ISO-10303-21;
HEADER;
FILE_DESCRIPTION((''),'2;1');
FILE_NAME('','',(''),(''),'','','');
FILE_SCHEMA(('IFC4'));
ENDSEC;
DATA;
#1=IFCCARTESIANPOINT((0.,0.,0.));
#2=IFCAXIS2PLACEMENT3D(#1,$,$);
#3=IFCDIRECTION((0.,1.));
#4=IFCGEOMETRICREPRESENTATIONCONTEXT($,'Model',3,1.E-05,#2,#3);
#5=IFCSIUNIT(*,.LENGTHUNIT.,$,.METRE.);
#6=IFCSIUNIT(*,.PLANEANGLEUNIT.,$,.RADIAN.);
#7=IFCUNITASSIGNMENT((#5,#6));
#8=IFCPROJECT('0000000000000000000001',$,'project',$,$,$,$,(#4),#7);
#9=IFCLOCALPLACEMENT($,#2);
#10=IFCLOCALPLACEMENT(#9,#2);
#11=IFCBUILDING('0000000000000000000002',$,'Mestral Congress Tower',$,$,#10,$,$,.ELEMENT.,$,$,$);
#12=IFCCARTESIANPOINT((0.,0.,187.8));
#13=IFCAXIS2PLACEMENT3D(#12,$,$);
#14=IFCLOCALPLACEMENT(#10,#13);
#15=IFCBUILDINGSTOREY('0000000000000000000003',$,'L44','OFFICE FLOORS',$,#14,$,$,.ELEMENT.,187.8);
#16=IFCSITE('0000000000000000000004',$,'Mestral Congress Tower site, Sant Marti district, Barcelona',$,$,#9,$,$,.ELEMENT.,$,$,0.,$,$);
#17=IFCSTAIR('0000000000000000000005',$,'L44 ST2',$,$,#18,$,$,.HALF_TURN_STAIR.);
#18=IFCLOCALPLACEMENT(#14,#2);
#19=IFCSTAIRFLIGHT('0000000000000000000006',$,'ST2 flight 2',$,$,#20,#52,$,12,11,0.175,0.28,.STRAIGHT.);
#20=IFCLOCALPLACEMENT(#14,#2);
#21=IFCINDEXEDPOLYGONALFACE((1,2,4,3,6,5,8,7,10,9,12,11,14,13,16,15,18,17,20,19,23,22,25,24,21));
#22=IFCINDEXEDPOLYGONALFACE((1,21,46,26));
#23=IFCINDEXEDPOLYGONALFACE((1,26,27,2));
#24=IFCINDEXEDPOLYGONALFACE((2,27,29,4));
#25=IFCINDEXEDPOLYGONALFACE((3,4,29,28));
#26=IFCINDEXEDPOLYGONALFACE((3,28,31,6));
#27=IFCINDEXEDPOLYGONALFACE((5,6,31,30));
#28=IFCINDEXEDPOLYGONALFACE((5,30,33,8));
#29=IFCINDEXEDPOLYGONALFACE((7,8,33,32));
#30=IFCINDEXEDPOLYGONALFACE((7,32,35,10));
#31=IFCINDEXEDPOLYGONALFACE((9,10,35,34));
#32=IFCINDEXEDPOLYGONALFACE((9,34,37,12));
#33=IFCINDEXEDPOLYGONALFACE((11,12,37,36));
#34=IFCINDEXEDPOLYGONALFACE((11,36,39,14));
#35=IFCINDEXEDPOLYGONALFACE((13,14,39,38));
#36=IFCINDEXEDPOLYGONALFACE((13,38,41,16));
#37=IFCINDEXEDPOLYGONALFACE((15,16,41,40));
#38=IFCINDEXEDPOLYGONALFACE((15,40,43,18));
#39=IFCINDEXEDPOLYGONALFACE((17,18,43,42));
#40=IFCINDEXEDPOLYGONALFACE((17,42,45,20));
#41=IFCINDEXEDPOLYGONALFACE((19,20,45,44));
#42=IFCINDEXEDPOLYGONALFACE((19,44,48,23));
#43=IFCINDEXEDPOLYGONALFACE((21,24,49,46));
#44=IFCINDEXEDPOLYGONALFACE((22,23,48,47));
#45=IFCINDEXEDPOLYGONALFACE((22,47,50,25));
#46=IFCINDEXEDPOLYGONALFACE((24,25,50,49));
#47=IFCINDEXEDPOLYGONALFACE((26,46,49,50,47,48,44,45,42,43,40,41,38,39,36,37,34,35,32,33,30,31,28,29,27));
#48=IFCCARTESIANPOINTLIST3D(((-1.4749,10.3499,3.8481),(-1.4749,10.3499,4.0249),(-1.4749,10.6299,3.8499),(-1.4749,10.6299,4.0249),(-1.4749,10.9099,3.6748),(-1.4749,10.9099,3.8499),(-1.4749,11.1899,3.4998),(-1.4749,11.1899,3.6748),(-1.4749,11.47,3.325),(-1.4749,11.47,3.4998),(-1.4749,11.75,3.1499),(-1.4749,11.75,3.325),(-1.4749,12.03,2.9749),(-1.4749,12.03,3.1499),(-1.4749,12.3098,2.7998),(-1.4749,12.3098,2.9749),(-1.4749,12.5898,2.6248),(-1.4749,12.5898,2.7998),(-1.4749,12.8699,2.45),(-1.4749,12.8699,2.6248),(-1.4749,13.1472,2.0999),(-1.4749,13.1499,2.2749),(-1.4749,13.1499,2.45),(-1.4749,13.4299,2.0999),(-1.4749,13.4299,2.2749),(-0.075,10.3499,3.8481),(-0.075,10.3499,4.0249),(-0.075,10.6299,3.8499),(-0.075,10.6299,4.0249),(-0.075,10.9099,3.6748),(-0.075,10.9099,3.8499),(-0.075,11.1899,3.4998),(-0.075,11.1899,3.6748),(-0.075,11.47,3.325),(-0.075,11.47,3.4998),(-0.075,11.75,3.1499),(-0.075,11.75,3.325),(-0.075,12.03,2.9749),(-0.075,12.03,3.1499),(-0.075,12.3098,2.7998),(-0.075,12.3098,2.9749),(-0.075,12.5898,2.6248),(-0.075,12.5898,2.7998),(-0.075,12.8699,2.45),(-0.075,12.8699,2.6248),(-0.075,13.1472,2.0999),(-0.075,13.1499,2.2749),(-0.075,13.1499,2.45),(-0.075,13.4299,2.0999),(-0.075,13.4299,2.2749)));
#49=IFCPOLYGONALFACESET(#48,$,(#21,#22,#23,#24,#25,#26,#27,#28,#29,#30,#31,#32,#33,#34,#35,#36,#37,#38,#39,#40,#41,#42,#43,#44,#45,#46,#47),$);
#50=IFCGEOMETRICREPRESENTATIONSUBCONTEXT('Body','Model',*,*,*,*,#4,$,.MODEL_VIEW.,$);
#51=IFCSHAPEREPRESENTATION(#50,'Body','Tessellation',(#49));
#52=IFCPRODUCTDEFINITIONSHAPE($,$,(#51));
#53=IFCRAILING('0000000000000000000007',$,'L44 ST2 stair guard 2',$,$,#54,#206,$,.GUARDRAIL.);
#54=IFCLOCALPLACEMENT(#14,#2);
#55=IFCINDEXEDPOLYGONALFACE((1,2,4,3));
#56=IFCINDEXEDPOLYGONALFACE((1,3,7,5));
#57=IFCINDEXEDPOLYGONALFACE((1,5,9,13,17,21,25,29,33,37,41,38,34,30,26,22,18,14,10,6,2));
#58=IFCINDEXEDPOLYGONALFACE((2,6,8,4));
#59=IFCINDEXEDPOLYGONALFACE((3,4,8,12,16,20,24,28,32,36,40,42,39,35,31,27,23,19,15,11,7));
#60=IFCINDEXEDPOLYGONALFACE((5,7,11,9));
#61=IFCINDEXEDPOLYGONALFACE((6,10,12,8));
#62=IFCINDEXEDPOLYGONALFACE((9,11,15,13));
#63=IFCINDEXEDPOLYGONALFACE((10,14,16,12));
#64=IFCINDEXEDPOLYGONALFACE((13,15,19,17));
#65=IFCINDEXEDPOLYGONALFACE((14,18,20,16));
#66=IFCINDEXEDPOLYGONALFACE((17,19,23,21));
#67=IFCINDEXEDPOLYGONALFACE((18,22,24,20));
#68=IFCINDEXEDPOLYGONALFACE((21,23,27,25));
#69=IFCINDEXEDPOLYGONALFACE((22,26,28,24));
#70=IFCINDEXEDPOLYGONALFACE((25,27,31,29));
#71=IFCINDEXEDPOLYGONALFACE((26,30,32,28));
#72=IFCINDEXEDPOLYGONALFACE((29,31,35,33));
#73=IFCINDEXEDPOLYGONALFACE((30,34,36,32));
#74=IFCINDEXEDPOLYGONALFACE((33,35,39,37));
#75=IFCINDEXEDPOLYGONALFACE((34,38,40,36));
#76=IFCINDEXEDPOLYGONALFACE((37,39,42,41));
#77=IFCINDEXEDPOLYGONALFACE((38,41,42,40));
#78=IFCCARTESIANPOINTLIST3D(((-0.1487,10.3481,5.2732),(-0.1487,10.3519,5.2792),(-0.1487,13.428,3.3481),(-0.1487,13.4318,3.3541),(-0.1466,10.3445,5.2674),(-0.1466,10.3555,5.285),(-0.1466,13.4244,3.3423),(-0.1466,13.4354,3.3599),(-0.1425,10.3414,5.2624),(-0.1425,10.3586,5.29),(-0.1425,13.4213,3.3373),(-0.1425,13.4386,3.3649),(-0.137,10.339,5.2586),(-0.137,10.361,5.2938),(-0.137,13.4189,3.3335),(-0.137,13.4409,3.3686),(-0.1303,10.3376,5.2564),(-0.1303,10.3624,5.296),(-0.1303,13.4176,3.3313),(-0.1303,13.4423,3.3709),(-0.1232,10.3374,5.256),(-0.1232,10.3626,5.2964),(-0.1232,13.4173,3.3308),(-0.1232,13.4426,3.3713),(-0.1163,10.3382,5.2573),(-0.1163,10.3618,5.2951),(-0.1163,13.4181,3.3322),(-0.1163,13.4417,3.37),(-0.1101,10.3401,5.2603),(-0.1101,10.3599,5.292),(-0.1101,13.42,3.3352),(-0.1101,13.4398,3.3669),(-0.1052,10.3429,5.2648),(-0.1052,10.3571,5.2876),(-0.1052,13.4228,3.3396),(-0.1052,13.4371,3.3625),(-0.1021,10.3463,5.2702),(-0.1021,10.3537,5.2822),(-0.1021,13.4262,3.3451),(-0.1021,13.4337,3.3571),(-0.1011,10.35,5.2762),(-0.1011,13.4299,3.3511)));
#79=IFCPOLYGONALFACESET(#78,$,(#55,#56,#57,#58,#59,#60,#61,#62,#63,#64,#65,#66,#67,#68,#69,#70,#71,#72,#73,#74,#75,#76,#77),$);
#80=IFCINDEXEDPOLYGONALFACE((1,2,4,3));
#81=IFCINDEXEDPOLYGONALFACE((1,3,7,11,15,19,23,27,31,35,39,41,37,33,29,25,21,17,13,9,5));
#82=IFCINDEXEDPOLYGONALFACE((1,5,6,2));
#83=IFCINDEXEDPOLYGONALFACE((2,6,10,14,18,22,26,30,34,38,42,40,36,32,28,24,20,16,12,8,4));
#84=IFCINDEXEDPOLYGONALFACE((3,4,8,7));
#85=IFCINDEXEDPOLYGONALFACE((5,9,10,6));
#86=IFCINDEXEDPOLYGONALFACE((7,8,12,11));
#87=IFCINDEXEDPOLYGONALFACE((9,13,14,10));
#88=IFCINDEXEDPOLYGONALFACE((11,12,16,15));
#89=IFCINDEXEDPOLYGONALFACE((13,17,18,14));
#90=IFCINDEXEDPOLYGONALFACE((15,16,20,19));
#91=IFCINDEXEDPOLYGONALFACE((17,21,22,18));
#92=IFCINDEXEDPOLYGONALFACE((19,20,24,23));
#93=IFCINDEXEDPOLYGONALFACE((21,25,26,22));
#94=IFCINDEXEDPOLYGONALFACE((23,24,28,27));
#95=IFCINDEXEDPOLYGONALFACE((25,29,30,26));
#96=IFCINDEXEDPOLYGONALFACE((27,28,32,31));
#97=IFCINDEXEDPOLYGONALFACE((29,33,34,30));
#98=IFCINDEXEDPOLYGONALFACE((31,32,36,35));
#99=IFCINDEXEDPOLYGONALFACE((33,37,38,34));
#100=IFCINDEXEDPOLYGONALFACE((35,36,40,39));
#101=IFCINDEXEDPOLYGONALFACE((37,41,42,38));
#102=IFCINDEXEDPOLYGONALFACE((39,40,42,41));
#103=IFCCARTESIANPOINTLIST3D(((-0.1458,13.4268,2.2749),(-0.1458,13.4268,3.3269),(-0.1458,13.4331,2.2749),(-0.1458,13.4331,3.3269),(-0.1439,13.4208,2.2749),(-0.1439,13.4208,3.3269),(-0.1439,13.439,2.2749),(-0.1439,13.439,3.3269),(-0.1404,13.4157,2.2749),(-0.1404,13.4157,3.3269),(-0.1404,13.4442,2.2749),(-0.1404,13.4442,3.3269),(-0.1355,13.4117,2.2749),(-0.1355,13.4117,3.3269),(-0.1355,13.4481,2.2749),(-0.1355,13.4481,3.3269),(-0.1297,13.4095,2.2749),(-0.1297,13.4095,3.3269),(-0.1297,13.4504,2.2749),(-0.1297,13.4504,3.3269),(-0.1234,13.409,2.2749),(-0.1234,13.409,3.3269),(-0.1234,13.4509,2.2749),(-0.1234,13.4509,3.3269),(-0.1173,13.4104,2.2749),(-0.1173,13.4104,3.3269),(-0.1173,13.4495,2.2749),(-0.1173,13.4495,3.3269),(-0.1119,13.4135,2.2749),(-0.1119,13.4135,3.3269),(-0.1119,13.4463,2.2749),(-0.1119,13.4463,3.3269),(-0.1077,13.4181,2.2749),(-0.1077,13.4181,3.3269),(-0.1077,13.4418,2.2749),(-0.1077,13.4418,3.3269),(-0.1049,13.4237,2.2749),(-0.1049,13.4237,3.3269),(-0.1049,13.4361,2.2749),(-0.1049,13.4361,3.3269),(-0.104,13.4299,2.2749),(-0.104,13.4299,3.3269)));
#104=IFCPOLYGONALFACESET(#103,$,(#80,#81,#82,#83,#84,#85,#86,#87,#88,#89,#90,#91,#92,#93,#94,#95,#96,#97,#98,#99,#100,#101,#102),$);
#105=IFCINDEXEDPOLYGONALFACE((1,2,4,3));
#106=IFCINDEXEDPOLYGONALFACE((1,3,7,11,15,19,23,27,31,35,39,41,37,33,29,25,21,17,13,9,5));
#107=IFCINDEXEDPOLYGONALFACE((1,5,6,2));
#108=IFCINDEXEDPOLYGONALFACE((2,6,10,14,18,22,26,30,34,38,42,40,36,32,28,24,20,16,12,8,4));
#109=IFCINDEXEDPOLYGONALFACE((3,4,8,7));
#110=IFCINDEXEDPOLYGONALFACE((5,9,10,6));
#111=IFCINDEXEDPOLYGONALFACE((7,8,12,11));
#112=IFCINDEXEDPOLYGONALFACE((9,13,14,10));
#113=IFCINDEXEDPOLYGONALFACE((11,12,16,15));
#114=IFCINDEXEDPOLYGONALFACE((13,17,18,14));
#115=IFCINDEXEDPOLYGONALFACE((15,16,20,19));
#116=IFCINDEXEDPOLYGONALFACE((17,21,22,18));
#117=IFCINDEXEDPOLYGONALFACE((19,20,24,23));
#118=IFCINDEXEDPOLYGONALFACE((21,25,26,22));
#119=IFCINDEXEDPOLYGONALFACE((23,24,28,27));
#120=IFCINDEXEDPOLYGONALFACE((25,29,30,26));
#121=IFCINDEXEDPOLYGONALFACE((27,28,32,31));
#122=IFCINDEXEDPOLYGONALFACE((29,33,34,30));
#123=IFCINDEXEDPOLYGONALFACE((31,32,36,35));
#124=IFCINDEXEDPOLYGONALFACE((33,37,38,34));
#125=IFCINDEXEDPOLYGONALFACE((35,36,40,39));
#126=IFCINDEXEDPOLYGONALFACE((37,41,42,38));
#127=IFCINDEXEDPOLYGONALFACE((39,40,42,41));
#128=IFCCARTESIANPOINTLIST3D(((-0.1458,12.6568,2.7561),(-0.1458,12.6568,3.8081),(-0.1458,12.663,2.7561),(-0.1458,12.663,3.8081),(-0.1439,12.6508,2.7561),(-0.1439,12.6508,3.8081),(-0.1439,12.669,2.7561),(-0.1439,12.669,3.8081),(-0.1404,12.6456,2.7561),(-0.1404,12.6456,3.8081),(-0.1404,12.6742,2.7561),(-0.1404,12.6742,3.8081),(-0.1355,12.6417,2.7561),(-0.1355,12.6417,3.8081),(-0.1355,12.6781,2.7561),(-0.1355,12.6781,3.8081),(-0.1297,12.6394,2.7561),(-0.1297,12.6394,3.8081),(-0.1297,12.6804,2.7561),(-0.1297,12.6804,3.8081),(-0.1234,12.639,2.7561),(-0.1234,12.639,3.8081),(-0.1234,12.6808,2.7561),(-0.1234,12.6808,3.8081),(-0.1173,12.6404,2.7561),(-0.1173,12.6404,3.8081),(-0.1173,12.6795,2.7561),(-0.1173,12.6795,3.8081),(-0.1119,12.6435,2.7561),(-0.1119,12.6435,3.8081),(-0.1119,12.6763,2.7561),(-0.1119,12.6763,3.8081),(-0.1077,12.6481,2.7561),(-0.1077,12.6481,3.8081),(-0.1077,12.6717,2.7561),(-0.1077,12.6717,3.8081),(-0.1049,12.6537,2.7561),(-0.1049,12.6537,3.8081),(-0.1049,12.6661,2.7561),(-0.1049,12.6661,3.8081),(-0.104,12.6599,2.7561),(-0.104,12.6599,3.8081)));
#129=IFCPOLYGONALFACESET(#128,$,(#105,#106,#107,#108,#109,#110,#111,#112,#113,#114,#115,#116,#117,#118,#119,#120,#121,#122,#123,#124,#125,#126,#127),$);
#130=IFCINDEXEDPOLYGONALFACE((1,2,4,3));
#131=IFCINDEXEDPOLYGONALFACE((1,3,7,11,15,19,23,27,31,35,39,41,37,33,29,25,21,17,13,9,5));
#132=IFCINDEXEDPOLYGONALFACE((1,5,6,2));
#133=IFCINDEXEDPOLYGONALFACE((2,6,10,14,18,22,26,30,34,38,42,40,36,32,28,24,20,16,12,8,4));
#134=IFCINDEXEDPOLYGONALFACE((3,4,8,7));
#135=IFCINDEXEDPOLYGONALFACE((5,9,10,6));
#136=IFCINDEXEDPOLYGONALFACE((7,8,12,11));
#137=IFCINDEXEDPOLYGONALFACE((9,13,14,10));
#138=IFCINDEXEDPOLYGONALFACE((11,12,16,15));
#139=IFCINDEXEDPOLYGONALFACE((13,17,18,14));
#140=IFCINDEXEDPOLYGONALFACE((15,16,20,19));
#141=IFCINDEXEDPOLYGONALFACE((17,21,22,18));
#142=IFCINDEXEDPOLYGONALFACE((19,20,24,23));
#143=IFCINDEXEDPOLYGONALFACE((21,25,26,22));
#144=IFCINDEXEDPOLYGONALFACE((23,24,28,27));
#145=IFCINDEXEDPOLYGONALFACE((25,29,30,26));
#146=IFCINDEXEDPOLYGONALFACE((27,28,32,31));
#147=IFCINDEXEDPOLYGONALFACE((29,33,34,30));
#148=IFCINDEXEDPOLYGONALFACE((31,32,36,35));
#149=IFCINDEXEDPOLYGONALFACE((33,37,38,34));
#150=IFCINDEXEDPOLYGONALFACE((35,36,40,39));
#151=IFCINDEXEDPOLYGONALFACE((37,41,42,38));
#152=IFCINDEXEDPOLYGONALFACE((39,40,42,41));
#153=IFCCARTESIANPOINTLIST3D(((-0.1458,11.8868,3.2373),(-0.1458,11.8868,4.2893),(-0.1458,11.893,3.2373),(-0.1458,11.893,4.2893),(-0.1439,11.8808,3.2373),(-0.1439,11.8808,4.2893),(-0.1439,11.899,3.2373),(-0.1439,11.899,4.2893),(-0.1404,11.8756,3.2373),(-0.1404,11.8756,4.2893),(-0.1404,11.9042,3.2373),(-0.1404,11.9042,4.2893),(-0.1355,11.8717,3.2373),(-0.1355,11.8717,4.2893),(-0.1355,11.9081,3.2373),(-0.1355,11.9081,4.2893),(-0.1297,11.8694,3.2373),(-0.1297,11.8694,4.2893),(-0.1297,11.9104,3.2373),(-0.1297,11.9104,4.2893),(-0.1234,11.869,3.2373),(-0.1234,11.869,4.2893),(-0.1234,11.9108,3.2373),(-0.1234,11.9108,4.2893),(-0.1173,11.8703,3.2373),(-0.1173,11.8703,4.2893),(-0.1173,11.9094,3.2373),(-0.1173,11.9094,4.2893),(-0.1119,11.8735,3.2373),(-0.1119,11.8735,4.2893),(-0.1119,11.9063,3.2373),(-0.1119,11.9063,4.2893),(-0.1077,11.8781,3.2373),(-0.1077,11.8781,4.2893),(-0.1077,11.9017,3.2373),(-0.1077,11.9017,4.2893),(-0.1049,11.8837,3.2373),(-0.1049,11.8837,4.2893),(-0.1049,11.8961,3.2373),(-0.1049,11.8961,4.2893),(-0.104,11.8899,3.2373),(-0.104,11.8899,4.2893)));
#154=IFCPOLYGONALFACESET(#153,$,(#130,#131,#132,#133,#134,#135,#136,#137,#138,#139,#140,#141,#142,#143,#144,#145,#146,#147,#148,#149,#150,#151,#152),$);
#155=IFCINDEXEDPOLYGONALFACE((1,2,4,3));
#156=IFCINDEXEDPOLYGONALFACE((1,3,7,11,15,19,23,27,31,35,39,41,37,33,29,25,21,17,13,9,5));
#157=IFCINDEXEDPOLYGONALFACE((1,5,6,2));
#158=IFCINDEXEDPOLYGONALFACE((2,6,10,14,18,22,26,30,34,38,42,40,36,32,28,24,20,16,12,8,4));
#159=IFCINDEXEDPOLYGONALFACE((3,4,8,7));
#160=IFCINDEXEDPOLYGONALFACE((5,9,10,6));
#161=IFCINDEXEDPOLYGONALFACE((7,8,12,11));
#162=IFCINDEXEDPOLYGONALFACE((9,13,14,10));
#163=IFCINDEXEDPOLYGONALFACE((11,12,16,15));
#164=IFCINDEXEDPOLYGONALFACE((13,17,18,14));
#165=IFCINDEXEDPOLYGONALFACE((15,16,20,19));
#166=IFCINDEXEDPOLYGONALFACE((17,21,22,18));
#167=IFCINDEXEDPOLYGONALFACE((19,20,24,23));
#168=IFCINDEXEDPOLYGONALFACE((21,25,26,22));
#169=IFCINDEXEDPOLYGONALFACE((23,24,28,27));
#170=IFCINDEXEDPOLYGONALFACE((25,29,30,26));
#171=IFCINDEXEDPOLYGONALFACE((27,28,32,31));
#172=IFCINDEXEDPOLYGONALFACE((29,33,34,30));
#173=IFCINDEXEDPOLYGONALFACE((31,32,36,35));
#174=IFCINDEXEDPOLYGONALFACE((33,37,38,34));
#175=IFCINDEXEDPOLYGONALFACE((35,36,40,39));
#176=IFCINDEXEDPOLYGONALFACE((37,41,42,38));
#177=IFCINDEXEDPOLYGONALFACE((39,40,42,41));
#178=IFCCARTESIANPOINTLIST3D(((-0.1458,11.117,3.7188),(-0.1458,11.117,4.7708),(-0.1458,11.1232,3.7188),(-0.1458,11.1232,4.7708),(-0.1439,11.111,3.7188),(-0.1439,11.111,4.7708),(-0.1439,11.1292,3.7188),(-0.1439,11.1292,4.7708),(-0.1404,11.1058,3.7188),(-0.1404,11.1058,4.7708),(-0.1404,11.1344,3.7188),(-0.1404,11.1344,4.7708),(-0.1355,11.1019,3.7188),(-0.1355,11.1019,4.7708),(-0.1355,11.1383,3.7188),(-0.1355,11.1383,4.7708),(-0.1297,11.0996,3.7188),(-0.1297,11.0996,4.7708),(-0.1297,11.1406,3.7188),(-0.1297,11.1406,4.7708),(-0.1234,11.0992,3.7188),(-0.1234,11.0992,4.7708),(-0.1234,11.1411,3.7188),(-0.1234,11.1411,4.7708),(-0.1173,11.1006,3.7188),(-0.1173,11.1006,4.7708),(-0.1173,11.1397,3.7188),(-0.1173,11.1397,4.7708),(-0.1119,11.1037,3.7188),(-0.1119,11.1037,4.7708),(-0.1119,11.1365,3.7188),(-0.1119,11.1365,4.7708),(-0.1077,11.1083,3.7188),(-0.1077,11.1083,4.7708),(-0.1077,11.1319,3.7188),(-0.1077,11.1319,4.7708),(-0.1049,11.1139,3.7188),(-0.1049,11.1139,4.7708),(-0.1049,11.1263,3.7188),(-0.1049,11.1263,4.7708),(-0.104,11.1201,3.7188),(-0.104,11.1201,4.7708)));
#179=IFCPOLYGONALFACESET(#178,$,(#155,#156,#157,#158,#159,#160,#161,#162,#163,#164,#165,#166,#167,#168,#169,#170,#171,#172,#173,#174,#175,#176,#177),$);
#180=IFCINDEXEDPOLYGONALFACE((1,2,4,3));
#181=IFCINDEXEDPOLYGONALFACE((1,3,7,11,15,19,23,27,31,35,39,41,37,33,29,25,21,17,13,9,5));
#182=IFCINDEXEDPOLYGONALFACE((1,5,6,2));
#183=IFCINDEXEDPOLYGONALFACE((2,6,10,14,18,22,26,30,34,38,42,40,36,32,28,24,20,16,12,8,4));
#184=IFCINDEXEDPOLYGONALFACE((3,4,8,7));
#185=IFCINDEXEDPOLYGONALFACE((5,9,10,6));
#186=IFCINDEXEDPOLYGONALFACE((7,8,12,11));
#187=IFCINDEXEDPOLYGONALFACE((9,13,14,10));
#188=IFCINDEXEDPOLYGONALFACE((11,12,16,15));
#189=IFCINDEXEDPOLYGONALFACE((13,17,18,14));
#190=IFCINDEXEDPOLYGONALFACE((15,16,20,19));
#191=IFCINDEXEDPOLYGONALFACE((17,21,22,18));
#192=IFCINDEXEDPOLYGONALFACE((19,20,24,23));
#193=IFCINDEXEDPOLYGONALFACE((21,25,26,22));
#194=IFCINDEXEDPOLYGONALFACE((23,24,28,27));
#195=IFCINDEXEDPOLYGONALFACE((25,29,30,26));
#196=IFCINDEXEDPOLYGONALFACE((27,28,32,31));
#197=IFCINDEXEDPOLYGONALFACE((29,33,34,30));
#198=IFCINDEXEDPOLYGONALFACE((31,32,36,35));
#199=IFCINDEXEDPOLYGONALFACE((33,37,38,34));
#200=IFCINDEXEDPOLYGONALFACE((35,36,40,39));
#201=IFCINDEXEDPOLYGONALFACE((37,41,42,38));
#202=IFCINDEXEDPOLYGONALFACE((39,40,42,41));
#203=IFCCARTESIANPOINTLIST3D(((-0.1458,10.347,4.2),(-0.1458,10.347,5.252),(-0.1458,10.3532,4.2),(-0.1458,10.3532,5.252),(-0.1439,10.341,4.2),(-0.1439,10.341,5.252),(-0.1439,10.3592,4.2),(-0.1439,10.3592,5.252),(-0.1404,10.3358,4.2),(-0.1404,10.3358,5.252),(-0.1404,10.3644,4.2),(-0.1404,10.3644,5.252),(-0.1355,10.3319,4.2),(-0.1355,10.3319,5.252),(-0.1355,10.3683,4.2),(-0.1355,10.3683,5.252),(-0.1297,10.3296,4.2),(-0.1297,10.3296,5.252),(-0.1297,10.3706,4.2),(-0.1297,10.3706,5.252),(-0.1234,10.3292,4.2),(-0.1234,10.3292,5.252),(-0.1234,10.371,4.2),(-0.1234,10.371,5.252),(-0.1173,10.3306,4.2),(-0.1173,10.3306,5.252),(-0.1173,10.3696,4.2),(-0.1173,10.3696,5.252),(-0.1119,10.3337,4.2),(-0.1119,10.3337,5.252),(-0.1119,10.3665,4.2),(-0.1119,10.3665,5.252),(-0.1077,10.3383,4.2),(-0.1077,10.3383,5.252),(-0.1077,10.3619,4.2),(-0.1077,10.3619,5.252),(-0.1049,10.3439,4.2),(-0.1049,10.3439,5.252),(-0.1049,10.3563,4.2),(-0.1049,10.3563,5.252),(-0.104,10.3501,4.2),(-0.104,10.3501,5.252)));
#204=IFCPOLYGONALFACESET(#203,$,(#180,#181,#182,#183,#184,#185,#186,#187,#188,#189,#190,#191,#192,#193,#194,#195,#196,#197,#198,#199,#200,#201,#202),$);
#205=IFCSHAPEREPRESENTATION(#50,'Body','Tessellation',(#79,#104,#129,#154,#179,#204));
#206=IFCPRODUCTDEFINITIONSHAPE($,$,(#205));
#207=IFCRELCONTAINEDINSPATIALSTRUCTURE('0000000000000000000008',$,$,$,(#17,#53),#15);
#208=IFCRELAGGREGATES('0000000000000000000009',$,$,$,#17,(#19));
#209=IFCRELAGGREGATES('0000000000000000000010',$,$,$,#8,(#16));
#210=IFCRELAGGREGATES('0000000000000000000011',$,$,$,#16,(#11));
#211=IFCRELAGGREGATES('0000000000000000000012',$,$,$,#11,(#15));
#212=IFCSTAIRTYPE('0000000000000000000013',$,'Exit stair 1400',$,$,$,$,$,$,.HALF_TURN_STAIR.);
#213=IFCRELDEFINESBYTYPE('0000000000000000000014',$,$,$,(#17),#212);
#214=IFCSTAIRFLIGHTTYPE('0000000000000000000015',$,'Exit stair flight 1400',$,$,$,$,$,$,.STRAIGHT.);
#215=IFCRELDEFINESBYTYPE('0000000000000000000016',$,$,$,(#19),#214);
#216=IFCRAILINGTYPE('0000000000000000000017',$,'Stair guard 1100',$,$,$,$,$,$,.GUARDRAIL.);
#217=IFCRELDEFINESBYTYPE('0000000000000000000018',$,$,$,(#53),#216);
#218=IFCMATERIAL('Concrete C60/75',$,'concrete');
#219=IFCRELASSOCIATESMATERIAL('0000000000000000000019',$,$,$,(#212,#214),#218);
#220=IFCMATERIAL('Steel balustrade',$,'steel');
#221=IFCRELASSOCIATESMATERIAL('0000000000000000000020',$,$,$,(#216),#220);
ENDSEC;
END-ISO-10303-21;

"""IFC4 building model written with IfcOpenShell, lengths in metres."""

from ifc_helpers import new_model, si_unit, direction, frame, origin, origin_2d, place, context, subcontext, project, spatial, polyline, circle, outline, extrude, material, type_object, element, aggregate, save


model = new_model("IFC4")

# Units and contexts
model_context = context("Model", 3, precision=1e-05, world=origin(), true_north=direction((0.0, 1.0)))
body_context = subcontext(model_context, "Body", "Model", "MODEL_VIEW")
ifc_project = project(units=[si_unit("LENGTHUNIT", "METRE"), si_unit("PLANEANGLEUNIT", "RADIAN")], contexts=[model_context])

# Site, building, storey
site_placement = place(None, origin())
site = spatial("IfcSite", under=ifc_project, at=site_placement, Name="Mestral Congress Tower site, Sant Marti district, Barcelona", CompositionType="ELEMENT", RefElevation=0.0)
building_placement = place(site_placement, origin())
building = spatial("IfcBuilding", under=site, at=building_placement, Name="Mestral Congress Tower", CompositionType="ELEMENT")
storey_placement = place(building_placement, frame((0.0, 0.0, 187.8)))
storey = spatial("IfcBuildingStorey", under=building, at=storey_placement, Name="L44", Description="OFFICE FLOORS", CompositionType="ELEMENT", Elevation=187.8)

# Shared definitions
ifc_material_1 = material(Name="Concrete C60/75", Category="concrete")

# Stair, stair flight
stair_type = type_object("IfcStairType", Name="Exit stair 1400", PredefinedType="HALF_TURN_STAIR", material=ifc_material_1)
stair_placement = place(storey_placement, origin())
stair = element("IfcStair", 1, at=stair_placement, inside=storey, type_object=stair_type, Name="L44 ST2", PredefinedType="HALF_TURN_STAIR")
stair_flight_type = type_object("IfcStairFlightType", Name="Exit stair flight 1400", PredefinedType="STRAIGHT", material=ifc_material_1)
stair_flight_placement = place(storey_placement, frame((-0.7749, 13.4299, 2.0999), z_axis=(0.0, 0.0, 1.0), x_axis=(0.0, -1.0, 0.0)))
stair_flight = element("IfcStairFlight", 2, at=stair_flight_placement, type_object=stair_flight_type, Name="ST2 flight 2", NumberOfRisers=12, NumberOfTreads=11, PredefinedType="STRAIGHT", RiserHeight=0.175, TreadLength=0.28, context=body_context, shape_type="SweptSolid", body=[
    extrude(outline(polyline([(0.0, 0.0), (0.0, 0.175), (0.28, 0.175), (0.28, 0.3501), (0.5601, 0.3501), (0.5601, 0.5249), (0.8401, 0.5249), (0.8401, 0.7), (1.1201, 0.7), (1.1201, 0.875), (1.3999, 0.875), (1.3999, 1.05), (1.6799, 1.05), (1.6799, 1.2251), (1.96, 1.2251), (1.96, 1.3999), (2.24, 1.3999), (2.24, 1.575), (2.52, 1.575), (2.52, 1.75), (2.8, 1.75), (2.8, 1.925), (3.0801, 1.925), (3.0801, 2.1001), (3.0801, 1.7483), (0.2827, 0.0), (0.0, 0.0)])), frame((0.0, 0.7, 0.0), z_axis=(0.0, -1.0, 0.0), x_axis=(1.0, 0.0, 0.0)), (0.0, 0.0, 1.0), 1.3999),
])
aggregate(stair, [stair_flight])

# Railing
ifc_material_2 = material(Name="Steel balustrade", Category="steel")
railing_type = type_object("IfcRailingType", Name="Stair guard 1100", PredefinedType="GUARDRAIL", material=ifc_material_2)
railing_placement = place(storey_placement, frame((-0.125, 13.4299, 2.2749)))
element("IfcRailing", 3, at=railing_placement, inside=storey, type_object=railing_type, Name="L44 ST2 stair guard 2", PredefinedType="GUARDRAIL", context=body_context, shape_type="SweptSolid", body=[
    extrude(circle(Radius=0.0239, at=origin_2d()), frame((0.0, 0.0, 1.0762), z_axis=(0.0, -0.847979, 0.530029), x_axis=(1.0, 0.0, 0.0)), (0.0, 0.0, 1.0), 3.6321),
    extrude(circle(Radius=0.021, at=origin_2d()), origin(), (0.0, 0.0, 1.0), 1.052),
    extrude(circle(Radius=0.021, at=origin_2d()), frame((0.0, -0.77, 0.4812)), (0.0, 0.0, 1.0), 1.052),
    extrude(circle(Radius=0.021, at=origin_2d()), frame((0.0, -1.54, 0.9624)), (0.0, 0.0, 1.0), 1.052),
    extrude(circle(Radius=0.021, at=origin_2d()), frame((0.0, -2.3098, 1.4438)), (0.0, 0.0, 1.0), 1.052),
    extrude(circle(Radius=0.021, at=origin_2d()), frame((0.0, -3.0798, 1.925)), (0.0, 0.0, 1.0), 1.052),
])

save(model, "model.ifc")
